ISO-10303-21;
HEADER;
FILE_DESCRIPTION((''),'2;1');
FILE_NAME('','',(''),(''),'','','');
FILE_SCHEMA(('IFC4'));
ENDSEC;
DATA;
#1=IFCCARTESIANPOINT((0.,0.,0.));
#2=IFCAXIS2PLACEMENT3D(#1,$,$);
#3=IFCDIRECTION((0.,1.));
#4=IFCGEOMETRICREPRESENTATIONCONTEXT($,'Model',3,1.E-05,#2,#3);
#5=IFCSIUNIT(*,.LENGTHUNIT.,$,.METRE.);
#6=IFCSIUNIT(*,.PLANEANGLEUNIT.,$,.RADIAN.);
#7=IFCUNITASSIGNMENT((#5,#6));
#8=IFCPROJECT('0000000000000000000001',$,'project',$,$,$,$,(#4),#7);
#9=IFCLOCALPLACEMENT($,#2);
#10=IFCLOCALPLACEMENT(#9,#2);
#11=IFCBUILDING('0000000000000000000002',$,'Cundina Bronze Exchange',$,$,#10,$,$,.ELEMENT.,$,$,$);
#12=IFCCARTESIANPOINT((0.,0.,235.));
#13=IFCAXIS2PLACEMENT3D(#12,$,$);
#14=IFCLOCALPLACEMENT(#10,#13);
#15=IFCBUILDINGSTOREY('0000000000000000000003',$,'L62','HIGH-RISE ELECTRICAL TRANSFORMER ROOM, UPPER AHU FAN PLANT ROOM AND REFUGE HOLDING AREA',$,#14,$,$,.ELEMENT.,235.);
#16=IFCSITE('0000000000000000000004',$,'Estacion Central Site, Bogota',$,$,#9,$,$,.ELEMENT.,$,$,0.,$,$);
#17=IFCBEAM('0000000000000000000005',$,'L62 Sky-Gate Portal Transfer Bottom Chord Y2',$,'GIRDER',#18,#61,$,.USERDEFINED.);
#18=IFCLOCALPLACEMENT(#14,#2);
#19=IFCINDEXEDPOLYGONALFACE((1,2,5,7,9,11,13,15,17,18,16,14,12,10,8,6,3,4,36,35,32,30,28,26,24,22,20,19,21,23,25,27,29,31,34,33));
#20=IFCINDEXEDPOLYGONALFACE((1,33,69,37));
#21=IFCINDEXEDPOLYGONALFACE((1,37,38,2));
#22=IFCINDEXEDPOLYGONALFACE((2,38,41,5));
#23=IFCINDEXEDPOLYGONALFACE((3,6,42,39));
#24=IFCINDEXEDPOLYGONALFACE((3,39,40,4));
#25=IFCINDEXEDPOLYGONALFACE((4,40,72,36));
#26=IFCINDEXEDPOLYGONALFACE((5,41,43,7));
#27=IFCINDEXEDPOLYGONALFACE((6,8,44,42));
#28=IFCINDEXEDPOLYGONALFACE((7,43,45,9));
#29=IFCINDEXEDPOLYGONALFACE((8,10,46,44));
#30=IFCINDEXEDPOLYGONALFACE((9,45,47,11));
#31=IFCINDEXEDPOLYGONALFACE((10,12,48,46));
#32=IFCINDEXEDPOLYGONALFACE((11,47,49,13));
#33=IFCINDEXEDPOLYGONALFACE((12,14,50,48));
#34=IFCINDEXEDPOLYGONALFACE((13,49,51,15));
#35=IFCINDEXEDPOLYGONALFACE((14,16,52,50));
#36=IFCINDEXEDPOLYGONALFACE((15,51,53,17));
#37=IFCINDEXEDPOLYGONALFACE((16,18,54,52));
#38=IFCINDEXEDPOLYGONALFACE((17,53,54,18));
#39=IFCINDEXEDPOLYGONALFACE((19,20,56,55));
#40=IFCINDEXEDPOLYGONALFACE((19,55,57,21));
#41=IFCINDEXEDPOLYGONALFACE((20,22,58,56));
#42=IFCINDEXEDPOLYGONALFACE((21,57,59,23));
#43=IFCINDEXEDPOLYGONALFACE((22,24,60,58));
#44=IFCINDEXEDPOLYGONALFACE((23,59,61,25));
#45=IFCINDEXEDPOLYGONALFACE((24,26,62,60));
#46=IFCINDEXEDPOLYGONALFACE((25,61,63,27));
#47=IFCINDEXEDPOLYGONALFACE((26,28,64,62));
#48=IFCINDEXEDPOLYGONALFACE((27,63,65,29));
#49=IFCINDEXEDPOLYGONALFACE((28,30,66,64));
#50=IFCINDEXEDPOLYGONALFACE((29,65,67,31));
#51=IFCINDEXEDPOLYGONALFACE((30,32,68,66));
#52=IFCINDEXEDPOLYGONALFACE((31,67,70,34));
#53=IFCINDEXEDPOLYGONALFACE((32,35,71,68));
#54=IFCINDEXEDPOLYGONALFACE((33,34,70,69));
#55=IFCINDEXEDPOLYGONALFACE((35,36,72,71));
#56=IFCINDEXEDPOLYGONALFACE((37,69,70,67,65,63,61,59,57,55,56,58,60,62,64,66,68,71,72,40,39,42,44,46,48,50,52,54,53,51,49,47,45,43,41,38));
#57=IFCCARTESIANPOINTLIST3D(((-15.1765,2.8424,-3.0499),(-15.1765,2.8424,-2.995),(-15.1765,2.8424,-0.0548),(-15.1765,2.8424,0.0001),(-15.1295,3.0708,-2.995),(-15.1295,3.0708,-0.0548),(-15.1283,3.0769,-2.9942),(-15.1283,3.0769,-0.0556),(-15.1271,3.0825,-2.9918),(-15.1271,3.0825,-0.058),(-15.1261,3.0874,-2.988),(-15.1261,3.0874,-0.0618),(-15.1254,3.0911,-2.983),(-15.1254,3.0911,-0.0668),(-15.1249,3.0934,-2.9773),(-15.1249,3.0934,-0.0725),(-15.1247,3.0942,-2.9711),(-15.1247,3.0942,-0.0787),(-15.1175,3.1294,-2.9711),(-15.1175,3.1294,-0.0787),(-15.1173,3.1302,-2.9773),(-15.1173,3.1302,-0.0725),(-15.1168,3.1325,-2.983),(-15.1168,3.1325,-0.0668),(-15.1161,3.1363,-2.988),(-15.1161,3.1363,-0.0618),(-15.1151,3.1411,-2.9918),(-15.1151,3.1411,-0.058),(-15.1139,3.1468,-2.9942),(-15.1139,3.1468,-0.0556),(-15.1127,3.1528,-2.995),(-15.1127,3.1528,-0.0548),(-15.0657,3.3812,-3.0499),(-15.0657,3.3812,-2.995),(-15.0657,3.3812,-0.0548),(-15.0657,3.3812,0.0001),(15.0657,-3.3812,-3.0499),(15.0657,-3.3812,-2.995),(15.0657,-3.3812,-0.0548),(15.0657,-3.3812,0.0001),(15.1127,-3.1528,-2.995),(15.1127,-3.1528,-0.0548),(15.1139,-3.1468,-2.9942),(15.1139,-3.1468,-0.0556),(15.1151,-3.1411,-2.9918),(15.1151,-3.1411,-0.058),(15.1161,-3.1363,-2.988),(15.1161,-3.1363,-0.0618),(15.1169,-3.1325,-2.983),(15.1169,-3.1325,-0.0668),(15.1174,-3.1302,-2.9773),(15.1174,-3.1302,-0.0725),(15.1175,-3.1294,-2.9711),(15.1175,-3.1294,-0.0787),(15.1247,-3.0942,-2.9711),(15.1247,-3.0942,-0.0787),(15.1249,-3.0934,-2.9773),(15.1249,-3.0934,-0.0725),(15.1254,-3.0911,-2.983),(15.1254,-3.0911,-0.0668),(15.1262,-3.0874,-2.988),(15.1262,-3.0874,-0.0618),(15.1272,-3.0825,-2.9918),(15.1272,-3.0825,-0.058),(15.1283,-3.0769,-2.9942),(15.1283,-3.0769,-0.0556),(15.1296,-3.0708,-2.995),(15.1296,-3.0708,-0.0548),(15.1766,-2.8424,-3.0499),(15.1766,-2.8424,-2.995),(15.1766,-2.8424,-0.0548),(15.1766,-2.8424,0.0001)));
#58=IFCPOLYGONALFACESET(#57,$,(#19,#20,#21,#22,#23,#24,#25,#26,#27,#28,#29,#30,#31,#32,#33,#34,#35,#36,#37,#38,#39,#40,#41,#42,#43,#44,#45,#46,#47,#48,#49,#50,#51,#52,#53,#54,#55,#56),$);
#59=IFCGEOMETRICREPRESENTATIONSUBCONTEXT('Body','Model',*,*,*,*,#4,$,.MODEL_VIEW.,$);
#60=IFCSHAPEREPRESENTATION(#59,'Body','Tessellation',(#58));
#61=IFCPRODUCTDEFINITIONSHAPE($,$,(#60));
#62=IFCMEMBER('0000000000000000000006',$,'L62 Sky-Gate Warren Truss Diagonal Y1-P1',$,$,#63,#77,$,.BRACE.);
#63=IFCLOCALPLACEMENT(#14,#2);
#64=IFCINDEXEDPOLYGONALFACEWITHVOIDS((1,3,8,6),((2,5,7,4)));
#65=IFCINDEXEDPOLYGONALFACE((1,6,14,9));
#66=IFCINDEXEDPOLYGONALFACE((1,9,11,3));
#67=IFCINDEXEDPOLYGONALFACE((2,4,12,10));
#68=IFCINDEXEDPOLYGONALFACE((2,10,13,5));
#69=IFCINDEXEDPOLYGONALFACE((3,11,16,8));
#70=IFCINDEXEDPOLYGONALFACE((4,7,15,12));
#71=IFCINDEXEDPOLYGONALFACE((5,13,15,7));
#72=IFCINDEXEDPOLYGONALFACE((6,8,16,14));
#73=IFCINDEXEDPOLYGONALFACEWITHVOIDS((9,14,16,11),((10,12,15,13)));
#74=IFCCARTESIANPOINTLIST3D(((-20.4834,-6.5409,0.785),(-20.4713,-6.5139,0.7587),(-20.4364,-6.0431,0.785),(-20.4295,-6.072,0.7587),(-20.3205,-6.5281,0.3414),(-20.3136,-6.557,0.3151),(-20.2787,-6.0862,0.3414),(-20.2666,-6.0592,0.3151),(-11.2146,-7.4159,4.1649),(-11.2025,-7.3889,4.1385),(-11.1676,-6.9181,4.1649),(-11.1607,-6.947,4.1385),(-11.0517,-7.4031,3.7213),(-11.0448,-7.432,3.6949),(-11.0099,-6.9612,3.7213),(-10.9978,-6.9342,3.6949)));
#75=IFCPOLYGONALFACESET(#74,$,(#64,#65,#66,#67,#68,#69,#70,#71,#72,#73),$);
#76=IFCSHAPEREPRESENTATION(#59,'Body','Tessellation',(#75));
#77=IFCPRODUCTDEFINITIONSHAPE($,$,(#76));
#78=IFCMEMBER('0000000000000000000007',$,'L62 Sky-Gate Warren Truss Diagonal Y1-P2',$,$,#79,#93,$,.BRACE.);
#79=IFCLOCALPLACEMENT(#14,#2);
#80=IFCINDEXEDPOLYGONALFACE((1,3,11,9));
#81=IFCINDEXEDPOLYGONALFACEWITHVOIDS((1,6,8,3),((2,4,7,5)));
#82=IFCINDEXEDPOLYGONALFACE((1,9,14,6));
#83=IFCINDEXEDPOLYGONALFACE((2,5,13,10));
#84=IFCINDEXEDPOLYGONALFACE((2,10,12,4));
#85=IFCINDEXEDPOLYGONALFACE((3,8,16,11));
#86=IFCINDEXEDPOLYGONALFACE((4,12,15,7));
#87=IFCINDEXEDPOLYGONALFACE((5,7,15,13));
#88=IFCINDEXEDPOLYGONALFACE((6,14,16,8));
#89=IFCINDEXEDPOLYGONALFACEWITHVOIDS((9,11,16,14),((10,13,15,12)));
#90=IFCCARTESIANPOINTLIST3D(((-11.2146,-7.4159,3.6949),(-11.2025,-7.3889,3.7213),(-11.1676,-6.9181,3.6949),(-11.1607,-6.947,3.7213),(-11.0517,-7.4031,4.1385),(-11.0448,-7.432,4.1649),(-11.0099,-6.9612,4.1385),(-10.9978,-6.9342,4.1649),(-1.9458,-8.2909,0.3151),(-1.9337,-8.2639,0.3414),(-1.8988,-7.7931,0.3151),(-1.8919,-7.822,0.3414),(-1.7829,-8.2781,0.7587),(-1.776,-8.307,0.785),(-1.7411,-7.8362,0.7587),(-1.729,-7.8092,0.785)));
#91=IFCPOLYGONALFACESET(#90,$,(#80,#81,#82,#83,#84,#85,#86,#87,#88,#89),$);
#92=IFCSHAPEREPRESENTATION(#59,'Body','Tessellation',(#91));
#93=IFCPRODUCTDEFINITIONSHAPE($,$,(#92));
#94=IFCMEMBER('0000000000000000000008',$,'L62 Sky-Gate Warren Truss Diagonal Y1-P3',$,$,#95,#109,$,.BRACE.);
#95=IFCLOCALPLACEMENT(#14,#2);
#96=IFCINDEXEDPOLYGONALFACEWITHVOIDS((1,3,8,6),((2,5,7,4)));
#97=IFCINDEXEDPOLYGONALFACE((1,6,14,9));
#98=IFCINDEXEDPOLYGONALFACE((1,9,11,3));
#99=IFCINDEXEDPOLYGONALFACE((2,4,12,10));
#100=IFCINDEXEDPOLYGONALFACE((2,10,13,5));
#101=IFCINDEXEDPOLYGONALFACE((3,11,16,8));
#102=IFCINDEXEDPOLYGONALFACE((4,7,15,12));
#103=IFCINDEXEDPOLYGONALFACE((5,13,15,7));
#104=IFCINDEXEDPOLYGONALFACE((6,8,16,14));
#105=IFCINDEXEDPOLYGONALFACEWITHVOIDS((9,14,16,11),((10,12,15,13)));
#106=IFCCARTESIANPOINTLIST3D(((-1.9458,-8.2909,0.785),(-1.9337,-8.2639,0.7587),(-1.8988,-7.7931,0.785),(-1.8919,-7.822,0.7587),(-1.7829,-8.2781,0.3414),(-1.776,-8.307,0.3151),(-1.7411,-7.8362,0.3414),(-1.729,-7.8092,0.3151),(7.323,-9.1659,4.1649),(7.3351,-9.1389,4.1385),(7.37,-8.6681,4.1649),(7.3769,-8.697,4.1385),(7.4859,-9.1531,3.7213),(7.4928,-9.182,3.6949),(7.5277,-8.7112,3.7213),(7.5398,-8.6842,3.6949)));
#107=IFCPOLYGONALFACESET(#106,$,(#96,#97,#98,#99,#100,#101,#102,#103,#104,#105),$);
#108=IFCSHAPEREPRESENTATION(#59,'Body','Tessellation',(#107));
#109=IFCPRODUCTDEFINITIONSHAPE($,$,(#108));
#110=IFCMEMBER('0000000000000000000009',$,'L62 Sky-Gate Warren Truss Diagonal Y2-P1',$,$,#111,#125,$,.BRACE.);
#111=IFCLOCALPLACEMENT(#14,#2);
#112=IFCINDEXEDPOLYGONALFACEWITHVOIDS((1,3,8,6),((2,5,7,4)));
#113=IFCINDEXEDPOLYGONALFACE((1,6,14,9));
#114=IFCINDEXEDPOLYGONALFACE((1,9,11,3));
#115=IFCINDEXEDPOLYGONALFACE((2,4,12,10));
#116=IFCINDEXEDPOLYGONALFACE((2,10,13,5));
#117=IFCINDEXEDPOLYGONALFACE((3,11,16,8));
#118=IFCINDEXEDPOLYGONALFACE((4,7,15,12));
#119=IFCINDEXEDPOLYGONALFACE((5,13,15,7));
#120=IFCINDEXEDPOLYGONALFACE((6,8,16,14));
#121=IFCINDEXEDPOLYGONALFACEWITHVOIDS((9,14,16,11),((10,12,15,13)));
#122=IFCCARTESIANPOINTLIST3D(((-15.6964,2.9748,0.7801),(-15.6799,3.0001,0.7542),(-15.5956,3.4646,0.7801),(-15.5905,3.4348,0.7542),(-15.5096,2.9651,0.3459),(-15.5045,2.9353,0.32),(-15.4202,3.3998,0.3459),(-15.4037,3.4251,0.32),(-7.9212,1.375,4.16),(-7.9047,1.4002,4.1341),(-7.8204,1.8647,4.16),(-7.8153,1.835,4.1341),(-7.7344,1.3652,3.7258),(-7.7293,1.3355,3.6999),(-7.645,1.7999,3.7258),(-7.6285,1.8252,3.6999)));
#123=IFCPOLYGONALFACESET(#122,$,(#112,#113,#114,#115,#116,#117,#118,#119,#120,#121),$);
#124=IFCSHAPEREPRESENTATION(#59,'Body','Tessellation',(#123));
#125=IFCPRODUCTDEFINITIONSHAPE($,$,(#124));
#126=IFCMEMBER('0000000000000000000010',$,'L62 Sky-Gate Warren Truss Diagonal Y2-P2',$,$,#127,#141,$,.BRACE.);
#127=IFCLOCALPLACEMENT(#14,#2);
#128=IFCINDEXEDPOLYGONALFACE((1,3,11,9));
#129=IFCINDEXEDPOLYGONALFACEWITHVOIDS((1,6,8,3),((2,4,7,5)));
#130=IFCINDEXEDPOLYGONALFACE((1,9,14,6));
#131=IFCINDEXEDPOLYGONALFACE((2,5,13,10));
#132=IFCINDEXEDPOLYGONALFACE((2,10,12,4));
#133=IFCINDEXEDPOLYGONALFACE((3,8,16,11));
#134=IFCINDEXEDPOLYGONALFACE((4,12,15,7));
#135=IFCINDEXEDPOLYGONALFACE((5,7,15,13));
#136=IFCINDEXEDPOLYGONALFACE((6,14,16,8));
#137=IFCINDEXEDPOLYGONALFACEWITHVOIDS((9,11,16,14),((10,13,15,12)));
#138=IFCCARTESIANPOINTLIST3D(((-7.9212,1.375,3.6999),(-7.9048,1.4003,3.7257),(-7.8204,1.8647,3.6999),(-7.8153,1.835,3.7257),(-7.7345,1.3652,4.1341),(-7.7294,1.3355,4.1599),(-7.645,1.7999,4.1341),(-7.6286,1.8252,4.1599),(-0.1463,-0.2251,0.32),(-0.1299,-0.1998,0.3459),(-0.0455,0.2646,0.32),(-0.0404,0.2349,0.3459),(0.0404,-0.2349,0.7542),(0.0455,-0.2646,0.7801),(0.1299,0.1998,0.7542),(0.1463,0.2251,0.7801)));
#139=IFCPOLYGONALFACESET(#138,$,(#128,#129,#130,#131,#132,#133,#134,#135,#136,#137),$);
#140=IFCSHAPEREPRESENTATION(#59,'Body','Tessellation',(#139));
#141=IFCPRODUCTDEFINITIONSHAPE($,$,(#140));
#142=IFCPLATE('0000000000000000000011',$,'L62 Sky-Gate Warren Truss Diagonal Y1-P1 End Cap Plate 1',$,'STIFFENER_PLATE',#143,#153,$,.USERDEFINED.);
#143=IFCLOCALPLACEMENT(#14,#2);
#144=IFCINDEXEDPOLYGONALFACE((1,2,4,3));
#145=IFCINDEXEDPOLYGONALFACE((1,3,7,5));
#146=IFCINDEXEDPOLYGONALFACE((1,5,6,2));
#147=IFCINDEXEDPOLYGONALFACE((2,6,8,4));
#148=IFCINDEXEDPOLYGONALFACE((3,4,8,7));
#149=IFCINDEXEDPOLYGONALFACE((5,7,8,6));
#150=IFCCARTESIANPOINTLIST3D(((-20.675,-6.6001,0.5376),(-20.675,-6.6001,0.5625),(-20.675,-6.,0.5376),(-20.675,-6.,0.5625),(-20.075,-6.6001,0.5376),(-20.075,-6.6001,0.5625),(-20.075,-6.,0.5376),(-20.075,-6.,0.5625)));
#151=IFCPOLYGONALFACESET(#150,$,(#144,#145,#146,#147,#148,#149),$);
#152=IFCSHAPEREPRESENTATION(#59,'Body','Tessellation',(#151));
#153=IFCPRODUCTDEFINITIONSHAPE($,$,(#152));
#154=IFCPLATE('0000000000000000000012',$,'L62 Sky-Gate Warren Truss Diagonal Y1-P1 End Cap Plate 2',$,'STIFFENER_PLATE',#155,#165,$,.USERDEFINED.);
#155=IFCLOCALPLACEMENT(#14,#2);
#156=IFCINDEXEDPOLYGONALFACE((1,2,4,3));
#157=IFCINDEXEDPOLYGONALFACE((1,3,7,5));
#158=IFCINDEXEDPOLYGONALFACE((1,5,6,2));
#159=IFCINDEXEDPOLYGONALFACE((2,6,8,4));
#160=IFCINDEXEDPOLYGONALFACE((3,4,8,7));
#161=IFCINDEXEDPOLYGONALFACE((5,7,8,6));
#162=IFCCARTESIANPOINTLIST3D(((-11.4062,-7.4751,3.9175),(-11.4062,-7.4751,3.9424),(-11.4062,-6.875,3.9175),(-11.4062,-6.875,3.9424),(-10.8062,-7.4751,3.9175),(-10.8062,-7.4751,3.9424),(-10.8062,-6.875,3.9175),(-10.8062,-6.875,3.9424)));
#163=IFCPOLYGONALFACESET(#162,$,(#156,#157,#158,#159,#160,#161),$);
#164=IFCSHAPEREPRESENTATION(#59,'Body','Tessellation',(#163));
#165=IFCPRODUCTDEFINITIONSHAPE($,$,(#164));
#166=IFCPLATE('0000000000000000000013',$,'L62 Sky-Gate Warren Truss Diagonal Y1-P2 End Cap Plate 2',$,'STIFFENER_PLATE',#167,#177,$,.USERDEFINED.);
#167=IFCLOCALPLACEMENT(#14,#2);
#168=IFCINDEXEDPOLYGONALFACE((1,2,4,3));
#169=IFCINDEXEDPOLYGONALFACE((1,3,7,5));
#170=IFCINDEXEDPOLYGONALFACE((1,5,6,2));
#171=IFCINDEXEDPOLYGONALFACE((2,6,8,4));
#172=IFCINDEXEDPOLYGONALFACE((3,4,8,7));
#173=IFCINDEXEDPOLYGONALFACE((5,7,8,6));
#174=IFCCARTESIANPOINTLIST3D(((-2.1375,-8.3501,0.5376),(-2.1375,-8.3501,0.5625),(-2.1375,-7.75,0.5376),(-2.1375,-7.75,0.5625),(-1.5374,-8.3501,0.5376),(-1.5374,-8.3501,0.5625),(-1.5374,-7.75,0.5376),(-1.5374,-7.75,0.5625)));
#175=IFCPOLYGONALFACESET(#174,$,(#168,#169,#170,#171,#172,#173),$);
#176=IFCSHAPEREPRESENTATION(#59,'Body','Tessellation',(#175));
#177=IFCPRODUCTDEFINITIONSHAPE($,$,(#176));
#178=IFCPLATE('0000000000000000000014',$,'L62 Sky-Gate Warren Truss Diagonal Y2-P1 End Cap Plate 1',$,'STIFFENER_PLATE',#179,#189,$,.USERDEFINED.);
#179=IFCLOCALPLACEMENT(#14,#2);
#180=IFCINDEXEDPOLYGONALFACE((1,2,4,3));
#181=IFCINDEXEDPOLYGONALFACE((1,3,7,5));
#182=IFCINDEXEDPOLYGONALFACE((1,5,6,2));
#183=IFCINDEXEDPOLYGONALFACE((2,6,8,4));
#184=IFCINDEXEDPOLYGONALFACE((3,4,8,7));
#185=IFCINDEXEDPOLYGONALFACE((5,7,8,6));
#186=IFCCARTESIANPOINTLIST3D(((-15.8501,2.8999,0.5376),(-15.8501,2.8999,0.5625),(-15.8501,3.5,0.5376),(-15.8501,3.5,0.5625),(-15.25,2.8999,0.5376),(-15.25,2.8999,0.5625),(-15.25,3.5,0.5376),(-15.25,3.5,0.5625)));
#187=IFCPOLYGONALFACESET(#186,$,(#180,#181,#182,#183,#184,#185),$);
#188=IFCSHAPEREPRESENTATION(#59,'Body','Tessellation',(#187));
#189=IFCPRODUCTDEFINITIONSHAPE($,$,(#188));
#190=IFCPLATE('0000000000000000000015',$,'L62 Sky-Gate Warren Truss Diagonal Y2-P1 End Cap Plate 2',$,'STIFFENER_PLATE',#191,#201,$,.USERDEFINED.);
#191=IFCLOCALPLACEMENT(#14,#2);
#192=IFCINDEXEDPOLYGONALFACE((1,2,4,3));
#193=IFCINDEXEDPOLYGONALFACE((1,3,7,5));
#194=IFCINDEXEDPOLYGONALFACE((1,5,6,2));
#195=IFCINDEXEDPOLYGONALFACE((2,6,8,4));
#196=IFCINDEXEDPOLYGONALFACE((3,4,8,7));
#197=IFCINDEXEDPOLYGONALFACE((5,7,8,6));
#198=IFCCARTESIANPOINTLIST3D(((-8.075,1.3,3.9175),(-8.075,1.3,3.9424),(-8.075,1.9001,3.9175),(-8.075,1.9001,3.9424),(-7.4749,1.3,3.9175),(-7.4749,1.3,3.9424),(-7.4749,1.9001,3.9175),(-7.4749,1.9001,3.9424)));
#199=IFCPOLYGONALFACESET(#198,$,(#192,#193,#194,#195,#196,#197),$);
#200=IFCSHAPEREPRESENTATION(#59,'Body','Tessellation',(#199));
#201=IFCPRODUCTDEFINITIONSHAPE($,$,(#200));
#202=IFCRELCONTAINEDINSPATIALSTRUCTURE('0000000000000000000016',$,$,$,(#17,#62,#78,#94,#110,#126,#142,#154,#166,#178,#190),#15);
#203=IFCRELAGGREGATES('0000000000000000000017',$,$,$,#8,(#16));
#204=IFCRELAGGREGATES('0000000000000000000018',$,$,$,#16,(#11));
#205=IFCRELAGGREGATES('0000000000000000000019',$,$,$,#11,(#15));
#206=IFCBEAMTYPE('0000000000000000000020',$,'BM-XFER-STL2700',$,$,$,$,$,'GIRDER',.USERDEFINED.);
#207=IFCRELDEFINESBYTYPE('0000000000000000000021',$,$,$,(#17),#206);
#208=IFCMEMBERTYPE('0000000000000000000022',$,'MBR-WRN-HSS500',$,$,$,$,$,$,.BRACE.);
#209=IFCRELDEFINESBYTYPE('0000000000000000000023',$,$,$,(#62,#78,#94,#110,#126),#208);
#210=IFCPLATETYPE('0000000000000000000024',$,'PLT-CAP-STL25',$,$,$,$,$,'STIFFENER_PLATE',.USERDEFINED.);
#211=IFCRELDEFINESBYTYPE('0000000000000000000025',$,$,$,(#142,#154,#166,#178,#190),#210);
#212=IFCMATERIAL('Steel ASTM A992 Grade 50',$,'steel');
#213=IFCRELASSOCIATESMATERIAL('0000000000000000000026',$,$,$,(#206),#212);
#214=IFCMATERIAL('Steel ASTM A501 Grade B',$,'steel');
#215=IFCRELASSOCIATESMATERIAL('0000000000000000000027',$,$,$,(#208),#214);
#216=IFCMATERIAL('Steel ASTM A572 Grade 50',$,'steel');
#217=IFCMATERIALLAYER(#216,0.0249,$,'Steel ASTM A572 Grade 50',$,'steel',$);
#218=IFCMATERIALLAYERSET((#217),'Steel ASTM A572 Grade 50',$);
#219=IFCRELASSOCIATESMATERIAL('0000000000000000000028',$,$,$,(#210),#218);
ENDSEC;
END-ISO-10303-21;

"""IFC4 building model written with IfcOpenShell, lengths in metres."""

from ifc_helpers import new_model, si_unit, direction, frame, origin, origin_2d, place, context, subcontext, project, spatial, rectangle, hollow_rectangle, i_section, extrude, material, layer, layer_set, material_profile, profile_set, type_object, element, save


model = new_model("IFC4")

# Units and contexts
model_context = context("Model", 3, precision=1e-05, world=origin(), true_north=direction((0.0, 1.0)))
body_context = subcontext(model_context, "Body", "Model", "MODEL_VIEW")
ifc_project = project(units=[si_unit("LENGTHUNIT", "METRE"), si_unit("PLANEANGLEUNIT", "RADIAN")], contexts=[model_context])

# Site, building, storey
site_placement = place(None, origin())
site = spatial("IfcSite", under=ifc_project, at=site_placement, Name="Estacion Central Site, Bogota", CompositionType="ELEMENT", RefElevation=0.0)
building_placement = place(site_placement, origin())
building = spatial("IfcBuilding", under=site, at=building_placement, Name="Cundina Bronze Exchange", CompositionType="ELEMENT")
storey_placement = place(building_placement, frame((0.0, 0.0, 235.0)))
storey = spatial("IfcBuildingStorey", under=building, at=storey_placement, Name="L62", Description="HIGH-RISE ELECTRICAL TRANSFORMER ROOM, UPPER AHU FAN PLANT ROOM AND REFUGE HOLDING AREA", CompositionType="ELEMENT", Elevation=235.0)

# Shared definitions
ifc_material_1 = material(Name="Steel ASTM A992 Grade 50", Category="steel")

# Beam
ifc_material_profile_1 = material_profile(ifc_material_1, i_section(OverallWidth=0.55, OverallDepth=3.05, WebThickness=0.0359, FlangeThickness=0.0549, FilletRadius=0.0239, at=origin_2d()), Name="W106X750", Category="steel")
ifc_profile_set_1 = profile_set([ifc_material_profile_1], Name="Steel ASTM A992 Grade 50")
beam_type_1 = type_object("IfcBeamType", Name="BM-XFER-STL2700", ElementType="GIRDER", PredefinedType="USERDEFINED", material=ifc_profile_set_1)
beam_1_placement = place(storey_placement, frame((-15.1211, 3.1118, -1.5249), z_axis=(0.979474, -0.201569, 0.0), x_axis=(0.201569, 0.979474, 0.0)))
element("IfcBeam", 1, at=beam_1_placement, inside=storey, type_object=beam_type_1, Name="L62 Sky-Gate Portal Transfer Bottom Chord Y2", ObjectType="GIRDER", PredefinedType="USERDEFINED", context=body_context, shape_type="SweptSolid", body=[
    extrude(i_section(OverallWidth=0.55, OverallDepth=3.05, WebThickness=0.0359, FlangeThickness=0.0549, FilletRadius=0.0239, at=origin_2d()), origin(), (0.0, 0.0, 1.0), 30.876),
])

# Members
ifc_material_2 = material(Name="Steel ASTM A501 Grade B", Category="steel")
ifc_material_profile_2 = material_profile(ifc_material_2, hollow_rectangle(XDim=0.5, YDim=0.5, WallThickness=0.0281, at=origin_2d()), Name="HSS500X500X28", Category="steel")
ifc_profile_set_2 = profile_set([ifc_material_profile_2], Name="Steel ASTM A501 Grade B")
member_type = type_object("IfcMemberType", Name="MBR-WRN-HSS500", PredefinedType="BRACE", material=ifc_profile_set_2)
for number, where, z_axis, x_axis, name in (
    (2, (-20.375, -6.3, 0.55), (0.935813, -0.088343, 0.341246), (0.093985, 0.995574, 0.0), "L62 Sky-Gate Warren Truss Diagonal Y1-P1"),
    (3, (-11.1062, -7.175, 3.9299), (0.935813, -0.088343, -0.341246), (0.093985, 0.995574, 0.0), "L62 Sky-Gate Warren Truss Diagonal Y1-P2"),
    (4, (-1.8374, -8.05, 0.55), (0.935813, -0.088343, 0.341246), (0.093985, 0.995574, 0.0), "L62 Sky-Gate Warren Truss Diagonal Y1-P3"),
):
    element("IfcMember", number, at=place(storey_placement, frame(where, z_axis=z_axis, x_axis=x_axis)), inside=storey, type_object=member_type, Name=name, PredefinedType="BRACE", context=body_context, shape_type="SweptSolid", body=[
        extrude(hollow_rectangle(XDim=0.5, YDim=0.5, WallThickness=0.0281, at=origin_2d()), origin(), (0.0, 0.0, 1.0), 9.9045),
    ])
member_1_placement = place(storey_placement, frame((-15.55, 3.2, 0.55), z_axis=(0.901191, -0.185434, 0.391751), x_axis=(0.201543, 0.97948, 0.0)))
element("IfcMember", 5, at=member_1_placement, inside=storey, type_object=member_type, Name="L62 Sky-Gate Warren Truss Diagonal Y2-P1", PredefinedType="BRACE", context=body_context, shape_type="SweptSolid", body=[
    extrude(hollow_rectangle(XDim=0.5, YDim=0.5, WallThickness=0.0281, at=origin_2d()), origin(), (0.0, 0.0, 1.0), 8.6277),
])
member_2_placement = place(storey_placement, frame((-7.7749, 1.6001, 3.9299), z_axis=(0.901181, -0.185466, -0.391759), x_axis=(0.201578, 0.979472, 0.0)))
element("IfcMember", 6, at=member_2_placement, inside=storey, type_object=member_type, Name="L62 Sky-Gate Warren Truss Diagonal Y2-P2", PredefinedType="BRACE", context=body_context, shape_type="SweptSolid", body=[
    extrude(hollow_rectangle(XDim=0.5, YDim=0.5, WallThickness=0.0281, at=origin_2d()), origin(), (0.0, 0.0, 1.0), 8.6274),
])

# Plates
ifc_material_3 = material(Name="Steel ASTM A572 Grade 50", Category="steel")
ifc_layer_1 = layer(ifc_material_3, 0.0249, Name="Steel ASTM A572 Grade 50", Category="steel")
ifc_layer_set_1 = layer_set([ifc_layer_1], Name="Steel ASTM A572 Grade 50")
plate_type = type_object("IfcPlateType", Name="PLT-CAP-STL25", ElementType="STIFFENER_PLATE", PredefinedType="USERDEFINED", material=ifc_layer_set_1)
for number, where, z_axis, x_axis, name in (
    (7, (-20.375, -6.3, 0.5376), (0.0, 0.0, 1.0), (1.0, 0.0, 0.0), "L62 Sky-Gate Warren Truss Diagonal Y1-P1 End Cap Plate 1"),
    (8, (-11.1062, -7.175, 3.9175), (0.0, 0.0, 1.0), (1.0, 0.0, 0.0), "L62 Sky-Gate Warren Truss Diagonal Y1-P1 End Cap Plate 2"),
    (9, (-1.8374, -8.05, 0.5376), (0.0, 0.0, 1.0), (1.0, 0.0, 0.0), "L62 Sky-Gate Warren Truss Diagonal Y1-P2 End Cap Plate 2"),
    (10, (-15.55, 3.2, 0.5376), (0.0, 0.0, 1.0), (1.0, 0.0, 0.0), "L62 Sky-Gate Warren Truss Diagonal Y2-P1 End Cap Plate 1"),
    (11, (-7.7749, 1.6001, 3.9175), (0.0, 0.0, 1.0), (1.0, 0.0, 0.0), "L62 Sky-Gate Warren Truss Diagonal Y2-P1 End Cap Plate 2"),
):
    element("IfcPlate", number, at=place(storey_placement, frame(where, z_axis=z_axis, x_axis=x_axis)), inside=storey, type_object=plate_type, Name=name, ObjectType="STIFFENER_PLATE", PredefinedType="USERDEFINED", context=body_context, shape_type="SweptSolid", body=[
        extrude(rectangle(XDim=0.6001, YDim=0.6001, at=origin_2d()), origin(), (0.0, 0.0, 1.0), 0.0249),
    ])

save(model, "model.ifc")
